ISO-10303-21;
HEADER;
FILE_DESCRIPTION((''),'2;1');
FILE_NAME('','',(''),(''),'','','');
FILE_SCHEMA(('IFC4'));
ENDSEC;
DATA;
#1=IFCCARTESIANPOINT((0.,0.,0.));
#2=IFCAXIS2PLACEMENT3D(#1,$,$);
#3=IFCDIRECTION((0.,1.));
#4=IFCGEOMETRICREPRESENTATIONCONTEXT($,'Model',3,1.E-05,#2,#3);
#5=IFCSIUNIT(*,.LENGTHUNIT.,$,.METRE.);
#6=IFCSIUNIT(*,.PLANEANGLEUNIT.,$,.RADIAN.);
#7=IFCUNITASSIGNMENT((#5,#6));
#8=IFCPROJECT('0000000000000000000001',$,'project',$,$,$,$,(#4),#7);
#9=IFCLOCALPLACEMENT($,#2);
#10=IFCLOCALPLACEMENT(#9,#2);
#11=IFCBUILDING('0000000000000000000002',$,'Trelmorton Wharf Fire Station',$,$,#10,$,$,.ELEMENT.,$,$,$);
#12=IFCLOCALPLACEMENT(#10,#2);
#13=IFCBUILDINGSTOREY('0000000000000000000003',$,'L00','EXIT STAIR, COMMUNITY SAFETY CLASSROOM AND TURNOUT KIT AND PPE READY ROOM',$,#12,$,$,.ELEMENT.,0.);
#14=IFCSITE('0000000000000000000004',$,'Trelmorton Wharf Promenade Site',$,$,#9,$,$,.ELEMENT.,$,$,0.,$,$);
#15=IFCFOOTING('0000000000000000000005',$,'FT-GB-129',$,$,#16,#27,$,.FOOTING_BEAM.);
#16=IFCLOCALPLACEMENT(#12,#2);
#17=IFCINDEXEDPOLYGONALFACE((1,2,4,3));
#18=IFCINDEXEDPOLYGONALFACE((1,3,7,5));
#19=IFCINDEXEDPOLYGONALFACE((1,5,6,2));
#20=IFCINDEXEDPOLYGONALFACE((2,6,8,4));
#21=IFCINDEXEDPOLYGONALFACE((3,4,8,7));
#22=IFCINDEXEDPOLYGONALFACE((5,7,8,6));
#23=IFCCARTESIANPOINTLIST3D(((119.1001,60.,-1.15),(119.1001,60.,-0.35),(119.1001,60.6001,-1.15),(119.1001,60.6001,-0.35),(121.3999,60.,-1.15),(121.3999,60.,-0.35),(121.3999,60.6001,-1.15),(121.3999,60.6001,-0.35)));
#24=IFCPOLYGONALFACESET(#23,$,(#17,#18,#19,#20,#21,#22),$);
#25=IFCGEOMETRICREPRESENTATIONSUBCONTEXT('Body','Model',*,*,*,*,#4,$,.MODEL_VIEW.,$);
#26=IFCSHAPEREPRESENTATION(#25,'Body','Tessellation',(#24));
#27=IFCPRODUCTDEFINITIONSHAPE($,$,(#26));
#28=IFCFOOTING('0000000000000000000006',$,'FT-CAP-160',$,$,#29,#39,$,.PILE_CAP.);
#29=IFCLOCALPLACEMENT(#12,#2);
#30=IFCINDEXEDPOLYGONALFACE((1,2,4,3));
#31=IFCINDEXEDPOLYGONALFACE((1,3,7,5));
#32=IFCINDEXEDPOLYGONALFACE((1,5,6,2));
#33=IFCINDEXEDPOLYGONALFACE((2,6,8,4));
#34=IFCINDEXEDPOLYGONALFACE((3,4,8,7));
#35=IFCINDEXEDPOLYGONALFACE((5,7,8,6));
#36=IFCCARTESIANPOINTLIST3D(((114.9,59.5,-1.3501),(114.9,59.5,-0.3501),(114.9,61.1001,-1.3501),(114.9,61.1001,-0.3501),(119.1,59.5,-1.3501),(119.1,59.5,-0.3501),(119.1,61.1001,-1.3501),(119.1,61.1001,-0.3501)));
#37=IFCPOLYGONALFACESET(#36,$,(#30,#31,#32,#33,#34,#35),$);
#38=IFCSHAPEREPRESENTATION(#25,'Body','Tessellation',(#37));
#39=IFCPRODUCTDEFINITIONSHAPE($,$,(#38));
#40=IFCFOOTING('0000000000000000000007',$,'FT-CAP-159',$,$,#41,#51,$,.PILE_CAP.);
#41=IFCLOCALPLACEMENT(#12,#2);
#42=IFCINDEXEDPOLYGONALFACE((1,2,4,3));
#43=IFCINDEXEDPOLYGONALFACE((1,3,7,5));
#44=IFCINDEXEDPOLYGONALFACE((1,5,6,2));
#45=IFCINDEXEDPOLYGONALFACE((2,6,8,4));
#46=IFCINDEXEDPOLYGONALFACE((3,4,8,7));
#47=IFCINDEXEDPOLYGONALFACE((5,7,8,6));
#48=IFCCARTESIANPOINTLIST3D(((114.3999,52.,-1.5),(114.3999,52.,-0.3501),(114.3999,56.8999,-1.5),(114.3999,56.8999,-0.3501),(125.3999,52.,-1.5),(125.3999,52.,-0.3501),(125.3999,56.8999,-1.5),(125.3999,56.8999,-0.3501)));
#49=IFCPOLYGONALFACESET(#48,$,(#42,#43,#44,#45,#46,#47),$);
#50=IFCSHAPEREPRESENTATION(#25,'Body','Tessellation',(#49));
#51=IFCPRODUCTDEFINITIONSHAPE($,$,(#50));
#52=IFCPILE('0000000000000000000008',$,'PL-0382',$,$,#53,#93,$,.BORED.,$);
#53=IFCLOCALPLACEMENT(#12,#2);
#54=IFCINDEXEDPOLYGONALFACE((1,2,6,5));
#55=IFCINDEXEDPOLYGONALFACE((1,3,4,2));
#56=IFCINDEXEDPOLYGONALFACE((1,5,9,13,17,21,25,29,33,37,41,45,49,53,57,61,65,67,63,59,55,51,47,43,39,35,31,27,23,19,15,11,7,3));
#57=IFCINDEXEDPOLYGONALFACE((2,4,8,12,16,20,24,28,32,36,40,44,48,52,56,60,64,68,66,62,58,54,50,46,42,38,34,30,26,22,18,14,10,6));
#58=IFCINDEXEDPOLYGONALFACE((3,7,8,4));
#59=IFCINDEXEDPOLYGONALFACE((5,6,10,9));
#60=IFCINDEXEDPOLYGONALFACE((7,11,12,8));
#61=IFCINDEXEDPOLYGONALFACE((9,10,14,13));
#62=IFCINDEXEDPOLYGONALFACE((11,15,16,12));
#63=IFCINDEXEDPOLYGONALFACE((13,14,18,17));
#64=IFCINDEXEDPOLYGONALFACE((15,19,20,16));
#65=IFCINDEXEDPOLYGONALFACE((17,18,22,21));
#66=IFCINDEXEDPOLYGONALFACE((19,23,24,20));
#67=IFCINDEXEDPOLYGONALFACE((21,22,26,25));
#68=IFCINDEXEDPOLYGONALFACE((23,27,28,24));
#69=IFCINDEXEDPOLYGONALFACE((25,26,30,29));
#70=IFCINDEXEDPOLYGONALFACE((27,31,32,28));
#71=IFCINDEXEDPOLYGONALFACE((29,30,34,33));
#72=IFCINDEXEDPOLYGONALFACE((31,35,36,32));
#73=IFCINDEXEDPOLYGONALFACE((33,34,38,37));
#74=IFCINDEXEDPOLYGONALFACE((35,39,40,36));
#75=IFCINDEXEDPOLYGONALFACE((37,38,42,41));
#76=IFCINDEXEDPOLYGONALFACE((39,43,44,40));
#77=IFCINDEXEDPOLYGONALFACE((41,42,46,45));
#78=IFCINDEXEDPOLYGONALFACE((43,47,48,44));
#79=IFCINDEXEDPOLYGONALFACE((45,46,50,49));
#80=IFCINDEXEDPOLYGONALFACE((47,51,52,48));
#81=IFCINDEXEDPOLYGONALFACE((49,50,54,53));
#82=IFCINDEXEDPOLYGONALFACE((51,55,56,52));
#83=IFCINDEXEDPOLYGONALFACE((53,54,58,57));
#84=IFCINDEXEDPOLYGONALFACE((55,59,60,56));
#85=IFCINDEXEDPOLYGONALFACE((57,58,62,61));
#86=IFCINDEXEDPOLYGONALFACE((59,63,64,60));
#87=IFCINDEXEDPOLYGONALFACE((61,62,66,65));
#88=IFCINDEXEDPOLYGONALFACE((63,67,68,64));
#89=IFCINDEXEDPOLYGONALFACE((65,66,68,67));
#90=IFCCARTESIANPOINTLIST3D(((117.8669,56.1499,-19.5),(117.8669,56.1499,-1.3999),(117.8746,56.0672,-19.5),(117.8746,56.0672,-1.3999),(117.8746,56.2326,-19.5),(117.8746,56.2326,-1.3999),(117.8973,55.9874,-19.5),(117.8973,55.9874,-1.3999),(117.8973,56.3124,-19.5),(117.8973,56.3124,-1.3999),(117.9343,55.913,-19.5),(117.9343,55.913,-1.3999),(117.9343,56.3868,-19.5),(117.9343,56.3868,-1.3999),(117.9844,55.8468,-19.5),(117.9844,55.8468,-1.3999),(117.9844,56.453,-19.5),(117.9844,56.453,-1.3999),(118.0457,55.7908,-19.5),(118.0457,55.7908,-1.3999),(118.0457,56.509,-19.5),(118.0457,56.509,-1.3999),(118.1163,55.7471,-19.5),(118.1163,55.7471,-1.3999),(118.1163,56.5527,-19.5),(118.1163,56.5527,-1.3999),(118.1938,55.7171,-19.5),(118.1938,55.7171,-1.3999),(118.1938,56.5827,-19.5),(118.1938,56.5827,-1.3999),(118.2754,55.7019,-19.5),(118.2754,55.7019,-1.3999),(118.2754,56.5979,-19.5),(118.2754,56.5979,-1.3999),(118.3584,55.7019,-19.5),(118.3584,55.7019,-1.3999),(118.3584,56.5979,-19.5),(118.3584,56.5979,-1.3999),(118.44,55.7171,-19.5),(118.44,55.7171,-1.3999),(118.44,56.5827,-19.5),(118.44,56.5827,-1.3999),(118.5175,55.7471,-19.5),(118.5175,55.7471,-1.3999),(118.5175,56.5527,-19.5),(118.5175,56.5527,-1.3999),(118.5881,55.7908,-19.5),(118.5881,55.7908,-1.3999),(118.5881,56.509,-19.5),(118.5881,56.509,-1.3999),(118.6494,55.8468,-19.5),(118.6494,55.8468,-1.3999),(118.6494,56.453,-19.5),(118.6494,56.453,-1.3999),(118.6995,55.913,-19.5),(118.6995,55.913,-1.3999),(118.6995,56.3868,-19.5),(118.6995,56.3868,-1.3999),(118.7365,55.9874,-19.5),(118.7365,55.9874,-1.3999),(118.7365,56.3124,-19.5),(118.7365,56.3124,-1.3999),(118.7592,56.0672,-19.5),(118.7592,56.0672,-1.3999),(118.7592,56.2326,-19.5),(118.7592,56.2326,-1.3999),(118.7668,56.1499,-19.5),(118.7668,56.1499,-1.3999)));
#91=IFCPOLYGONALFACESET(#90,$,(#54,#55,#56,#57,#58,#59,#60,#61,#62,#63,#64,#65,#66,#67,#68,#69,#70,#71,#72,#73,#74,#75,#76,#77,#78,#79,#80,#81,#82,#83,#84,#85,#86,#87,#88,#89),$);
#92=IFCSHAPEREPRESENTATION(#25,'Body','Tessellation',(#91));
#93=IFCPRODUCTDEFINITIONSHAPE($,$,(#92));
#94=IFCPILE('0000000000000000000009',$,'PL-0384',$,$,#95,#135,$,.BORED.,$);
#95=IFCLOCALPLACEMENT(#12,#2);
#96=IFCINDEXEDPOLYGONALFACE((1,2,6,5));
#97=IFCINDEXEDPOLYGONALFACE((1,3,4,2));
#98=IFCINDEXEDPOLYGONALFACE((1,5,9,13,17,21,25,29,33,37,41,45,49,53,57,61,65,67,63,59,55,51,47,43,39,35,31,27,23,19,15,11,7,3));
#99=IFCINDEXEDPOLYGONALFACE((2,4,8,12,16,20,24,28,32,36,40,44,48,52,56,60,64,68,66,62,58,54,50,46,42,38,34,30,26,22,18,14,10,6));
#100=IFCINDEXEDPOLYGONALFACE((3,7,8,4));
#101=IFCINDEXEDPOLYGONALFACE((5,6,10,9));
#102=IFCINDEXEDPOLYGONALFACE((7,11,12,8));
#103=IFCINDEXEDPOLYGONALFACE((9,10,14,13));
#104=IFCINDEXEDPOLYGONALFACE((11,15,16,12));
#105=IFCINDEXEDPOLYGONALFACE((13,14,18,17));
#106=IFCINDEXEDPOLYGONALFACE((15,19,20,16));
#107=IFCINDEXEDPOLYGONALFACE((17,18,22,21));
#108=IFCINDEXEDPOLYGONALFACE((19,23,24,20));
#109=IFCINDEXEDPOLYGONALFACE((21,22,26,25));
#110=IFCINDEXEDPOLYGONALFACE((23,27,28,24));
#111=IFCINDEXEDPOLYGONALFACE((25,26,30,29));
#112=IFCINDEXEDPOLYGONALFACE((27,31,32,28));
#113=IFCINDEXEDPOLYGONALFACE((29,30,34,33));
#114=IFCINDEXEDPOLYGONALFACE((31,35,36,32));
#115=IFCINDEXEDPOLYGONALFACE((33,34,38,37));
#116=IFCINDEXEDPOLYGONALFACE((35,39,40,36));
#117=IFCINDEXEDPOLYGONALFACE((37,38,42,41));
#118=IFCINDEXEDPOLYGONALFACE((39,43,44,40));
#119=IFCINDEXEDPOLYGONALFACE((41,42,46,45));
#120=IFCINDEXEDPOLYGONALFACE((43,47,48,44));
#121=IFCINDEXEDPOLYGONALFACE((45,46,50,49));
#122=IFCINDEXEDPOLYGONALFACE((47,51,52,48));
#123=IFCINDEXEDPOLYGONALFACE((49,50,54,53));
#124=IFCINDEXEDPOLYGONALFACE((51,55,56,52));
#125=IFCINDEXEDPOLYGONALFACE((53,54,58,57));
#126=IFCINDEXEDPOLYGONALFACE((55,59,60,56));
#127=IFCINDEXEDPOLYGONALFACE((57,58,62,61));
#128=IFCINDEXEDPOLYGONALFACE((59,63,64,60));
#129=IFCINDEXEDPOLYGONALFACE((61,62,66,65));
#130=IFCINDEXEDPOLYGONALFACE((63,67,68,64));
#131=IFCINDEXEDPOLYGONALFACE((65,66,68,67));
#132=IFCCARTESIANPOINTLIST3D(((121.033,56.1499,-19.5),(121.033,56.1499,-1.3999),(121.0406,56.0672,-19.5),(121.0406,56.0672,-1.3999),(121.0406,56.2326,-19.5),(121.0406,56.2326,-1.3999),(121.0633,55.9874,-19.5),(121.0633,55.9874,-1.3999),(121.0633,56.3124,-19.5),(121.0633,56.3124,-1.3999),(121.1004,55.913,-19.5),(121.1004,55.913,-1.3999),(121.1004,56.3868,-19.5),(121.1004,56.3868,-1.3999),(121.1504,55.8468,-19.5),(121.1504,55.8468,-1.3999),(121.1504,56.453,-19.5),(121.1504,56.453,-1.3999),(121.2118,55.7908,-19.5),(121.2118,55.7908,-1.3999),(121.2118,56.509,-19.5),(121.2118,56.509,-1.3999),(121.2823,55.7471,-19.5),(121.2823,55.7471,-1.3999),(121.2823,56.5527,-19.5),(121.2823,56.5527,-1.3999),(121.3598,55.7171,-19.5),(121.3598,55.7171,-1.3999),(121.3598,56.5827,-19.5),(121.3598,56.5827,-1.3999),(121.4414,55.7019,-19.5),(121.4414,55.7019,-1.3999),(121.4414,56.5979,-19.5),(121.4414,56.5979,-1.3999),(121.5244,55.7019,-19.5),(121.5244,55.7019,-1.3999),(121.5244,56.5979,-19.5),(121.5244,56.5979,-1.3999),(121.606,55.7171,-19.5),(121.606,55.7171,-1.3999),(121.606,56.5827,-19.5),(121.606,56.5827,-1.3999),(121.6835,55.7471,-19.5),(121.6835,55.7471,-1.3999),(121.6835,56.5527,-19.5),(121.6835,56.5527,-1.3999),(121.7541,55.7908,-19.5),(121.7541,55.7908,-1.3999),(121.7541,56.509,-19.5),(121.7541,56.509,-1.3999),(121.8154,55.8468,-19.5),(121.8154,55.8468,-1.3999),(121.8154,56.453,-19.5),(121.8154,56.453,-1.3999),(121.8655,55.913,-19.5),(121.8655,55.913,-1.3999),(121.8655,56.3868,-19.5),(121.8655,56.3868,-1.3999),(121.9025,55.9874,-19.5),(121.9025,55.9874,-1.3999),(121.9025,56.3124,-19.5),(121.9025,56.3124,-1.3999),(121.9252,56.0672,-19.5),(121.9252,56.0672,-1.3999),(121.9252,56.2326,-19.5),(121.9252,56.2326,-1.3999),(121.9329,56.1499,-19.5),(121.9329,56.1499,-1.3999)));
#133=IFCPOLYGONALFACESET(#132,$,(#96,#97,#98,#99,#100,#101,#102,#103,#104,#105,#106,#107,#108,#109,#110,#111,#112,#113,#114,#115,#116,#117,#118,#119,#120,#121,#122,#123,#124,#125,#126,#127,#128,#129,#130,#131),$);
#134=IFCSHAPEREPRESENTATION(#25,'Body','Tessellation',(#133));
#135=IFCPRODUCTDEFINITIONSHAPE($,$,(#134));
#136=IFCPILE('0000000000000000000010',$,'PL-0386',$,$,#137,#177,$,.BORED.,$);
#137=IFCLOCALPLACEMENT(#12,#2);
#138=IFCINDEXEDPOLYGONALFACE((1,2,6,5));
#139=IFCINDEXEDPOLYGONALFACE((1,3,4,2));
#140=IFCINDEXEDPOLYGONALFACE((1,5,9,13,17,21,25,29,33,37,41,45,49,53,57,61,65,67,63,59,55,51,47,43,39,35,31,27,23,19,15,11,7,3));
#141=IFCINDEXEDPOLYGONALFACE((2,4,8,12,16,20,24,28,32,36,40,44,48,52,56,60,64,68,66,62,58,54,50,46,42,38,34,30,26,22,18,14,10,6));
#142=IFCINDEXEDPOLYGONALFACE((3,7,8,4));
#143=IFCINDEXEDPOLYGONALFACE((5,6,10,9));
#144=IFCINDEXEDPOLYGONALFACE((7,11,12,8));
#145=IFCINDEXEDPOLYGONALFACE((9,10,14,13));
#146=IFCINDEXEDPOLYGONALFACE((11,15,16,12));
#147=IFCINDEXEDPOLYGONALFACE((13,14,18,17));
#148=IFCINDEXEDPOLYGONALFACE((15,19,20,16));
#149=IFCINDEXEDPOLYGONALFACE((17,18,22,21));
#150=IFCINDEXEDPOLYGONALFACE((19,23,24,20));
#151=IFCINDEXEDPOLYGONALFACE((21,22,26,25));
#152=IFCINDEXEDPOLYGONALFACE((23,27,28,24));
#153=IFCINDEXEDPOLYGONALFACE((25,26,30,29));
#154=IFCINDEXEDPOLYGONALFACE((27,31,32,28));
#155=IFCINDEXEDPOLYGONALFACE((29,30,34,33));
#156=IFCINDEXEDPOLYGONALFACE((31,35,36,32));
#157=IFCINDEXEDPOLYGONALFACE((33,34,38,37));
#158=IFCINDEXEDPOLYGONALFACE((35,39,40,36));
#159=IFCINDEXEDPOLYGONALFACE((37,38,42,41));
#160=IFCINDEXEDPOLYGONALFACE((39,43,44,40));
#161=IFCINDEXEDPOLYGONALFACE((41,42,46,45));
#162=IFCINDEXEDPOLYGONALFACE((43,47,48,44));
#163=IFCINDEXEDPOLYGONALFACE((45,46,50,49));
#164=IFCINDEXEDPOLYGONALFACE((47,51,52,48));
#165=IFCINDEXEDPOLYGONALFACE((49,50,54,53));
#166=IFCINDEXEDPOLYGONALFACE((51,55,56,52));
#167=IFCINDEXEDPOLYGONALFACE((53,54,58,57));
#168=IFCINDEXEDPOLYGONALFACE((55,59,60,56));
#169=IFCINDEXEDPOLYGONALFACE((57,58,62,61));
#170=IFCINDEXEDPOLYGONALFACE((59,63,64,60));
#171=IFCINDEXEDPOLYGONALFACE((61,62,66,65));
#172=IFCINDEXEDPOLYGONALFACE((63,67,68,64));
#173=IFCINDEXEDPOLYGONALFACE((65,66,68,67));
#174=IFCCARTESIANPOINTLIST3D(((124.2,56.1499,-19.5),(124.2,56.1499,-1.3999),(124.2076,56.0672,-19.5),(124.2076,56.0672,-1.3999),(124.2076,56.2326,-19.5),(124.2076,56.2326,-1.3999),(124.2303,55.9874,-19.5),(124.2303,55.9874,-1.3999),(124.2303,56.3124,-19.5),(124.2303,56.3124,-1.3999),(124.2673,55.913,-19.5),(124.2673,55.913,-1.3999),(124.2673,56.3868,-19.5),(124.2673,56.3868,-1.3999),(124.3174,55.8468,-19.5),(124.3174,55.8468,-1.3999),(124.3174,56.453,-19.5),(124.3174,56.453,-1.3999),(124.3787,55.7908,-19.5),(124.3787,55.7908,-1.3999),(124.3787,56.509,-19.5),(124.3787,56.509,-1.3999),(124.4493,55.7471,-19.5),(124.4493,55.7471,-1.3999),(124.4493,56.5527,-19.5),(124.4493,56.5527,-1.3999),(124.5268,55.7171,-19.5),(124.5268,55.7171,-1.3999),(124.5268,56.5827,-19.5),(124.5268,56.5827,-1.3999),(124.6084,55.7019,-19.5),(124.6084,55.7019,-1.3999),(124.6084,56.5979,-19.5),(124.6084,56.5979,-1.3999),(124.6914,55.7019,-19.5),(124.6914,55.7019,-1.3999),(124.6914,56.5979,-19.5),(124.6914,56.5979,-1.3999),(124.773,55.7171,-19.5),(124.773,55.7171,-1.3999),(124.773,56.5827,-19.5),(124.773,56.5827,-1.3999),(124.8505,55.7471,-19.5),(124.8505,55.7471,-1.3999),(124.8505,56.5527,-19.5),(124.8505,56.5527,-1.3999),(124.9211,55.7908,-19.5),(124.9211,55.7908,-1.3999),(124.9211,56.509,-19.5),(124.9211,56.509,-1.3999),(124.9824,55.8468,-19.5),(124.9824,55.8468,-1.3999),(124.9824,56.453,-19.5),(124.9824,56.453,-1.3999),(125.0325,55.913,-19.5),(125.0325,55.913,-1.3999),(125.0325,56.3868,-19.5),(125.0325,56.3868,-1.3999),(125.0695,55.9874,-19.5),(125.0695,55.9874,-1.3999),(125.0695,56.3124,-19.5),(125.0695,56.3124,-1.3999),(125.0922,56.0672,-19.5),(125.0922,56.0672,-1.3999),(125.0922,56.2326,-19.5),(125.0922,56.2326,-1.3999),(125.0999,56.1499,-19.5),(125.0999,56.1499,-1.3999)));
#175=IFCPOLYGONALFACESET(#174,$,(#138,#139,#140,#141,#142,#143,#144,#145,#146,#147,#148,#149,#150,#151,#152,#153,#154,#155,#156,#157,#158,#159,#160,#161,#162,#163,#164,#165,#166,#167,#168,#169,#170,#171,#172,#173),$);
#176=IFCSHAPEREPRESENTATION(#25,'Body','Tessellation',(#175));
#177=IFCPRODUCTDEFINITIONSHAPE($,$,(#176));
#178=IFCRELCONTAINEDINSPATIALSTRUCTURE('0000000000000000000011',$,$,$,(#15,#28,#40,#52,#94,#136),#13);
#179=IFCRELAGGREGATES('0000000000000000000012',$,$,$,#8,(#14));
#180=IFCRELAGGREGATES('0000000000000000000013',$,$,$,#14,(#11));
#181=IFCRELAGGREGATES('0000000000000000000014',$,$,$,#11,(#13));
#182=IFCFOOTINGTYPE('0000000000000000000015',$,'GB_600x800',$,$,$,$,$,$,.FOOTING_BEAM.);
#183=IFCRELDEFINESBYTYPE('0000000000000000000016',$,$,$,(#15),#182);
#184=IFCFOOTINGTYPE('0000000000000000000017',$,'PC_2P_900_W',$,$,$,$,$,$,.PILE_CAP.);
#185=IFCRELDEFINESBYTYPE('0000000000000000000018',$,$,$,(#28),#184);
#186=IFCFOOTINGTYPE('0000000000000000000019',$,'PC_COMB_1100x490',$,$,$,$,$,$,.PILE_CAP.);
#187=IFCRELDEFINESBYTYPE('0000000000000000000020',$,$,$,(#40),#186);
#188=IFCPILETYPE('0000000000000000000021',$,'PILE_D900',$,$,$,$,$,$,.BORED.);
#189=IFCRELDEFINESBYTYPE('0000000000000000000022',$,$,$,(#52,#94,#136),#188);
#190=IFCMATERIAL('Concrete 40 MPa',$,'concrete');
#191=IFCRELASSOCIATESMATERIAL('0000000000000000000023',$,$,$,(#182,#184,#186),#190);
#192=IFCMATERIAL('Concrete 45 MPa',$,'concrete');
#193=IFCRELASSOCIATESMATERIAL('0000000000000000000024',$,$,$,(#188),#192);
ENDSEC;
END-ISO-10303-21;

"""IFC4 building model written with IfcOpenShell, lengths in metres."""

from ifc_helpers import new_model, si_unit, direction, frame, origin, origin_2d, place, context, subcontext, project, spatial, rectangle, circle, extrude, material, material_profile, profile_set, type_object, element, save


model = new_model("IFC4")

# Units and contexts
model_context = context("Model", 3, precision=1e-05, world=origin(), true_north=direction((0.0, 1.0)))
body_context = subcontext(model_context, "Body", "Model", "MODEL_VIEW")
ifc_project = project(units=[si_unit("LENGTHUNIT", "METRE"), si_unit("PLANEANGLEUNIT", "RADIAN")], contexts=[model_context])

# Site, building, storey
site_placement = place(None, origin())
site = spatial("IfcSite", under=ifc_project, at=site_placement, Name="Trelmorton Wharf Promenade Site", CompositionType="ELEMENT", RefElevation=0.0)
building_placement = place(site_placement, origin())
building = spatial("IfcBuilding", under=site, at=building_placement, Name="Trelmorton Wharf Fire Station", CompositionType="ELEMENT")
storey_placement = place(building_placement, origin())
storey = spatial("IfcBuildingStorey", under=building, at=storey_placement, Name="L00", Description="EXIT STAIR, COMMUNITY SAFETY CLASSROOM AND TURNOUT KIT AND PPE READY ROOM", CompositionType="ELEMENT", Elevation=0.0)

# Footings
ifc_material_1 = material(Name="Concrete 40 MPa", Category="concrete")
ifc_material_profile_1 = material_profile(ifc_material_1, rectangle(XDim=0.6001, YDim=0.8, at=origin_2d()), Name="RC600x800")
ifc_profile_set_1 = profile_set([ifc_material_profile_1], Name="Concrete 40 MPa")
footing_type_1 = type_object("IfcFootingType", Name="GB_600x800", PredefinedType="FOOTING_BEAM", material=ifc_profile_set_1)
footing_1_placement = place(storey_placement, frame((119.1001, 60.3, -0.75), z_axis=(1.0, 0.0, 0.0), x_axis=(0.0, 1.0, 0.0)))
element("IfcFooting", 1, at=footing_1_placement, inside=storey, type_object=footing_type_1, Name="FT-GB-129", PredefinedType="FOOTING_BEAM", context=body_context, shape_type="SweptSolid", body=[
    extrude(rectangle(XDim=0.6001, YDim=0.8, at=origin_2d()), origin(), (0.0, 0.0, 1.0), 2.2998),
])
footing_type_2 = type_object("IfcFootingType", Name="PC_2P_900_W", PredefinedType="PILE_CAP", material=ifc_material_1)
footing_2_placement = place(storey_placement, frame((117.0, 60.3, -1.3501), z_axis=(0.0, 0.0, 1.0), x_axis=(1.0, 0.0, 0.0)))
element("IfcFooting", 2, at=footing_2_placement, inside=storey, type_object=footing_type_2, Name="FT-CAP-160", PredefinedType="PILE_CAP", context=body_context, shape_type="SweptSolid", body=[
    extrude(rectangle(XDim=4.2, YDim=1.6001, at=origin_2d()), origin(), (0.0, 0.0, 1.0), 1.0),
])
footing_type_3 = type_object("IfcFootingType", Name="PC_COMB_1100x490", PredefinedType="PILE_CAP", material=ifc_material_1)
footing_3_placement = place(storey_placement, frame((119.8999, 54.45, -1.5), z_axis=(0.0, 0.0, 1.0), x_axis=(1.0, 0.0, 0.0)))
element("IfcFooting", 3, at=footing_3_placement, inside=storey, type_object=footing_type_3, Name="FT-CAP-159", PredefinedType="PILE_CAP", context=body_context, shape_type="SweptSolid", body=[
    extrude(rectangle(XDim=11.0, YDim=4.8999, at=origin_2d()), origin(), (0.0, 0.0, 1.0), 1.1499),
])

# Piles
ifc_material_2 = material(Name="Concrete 45 MPa", Category="concrete")
ifc_material_profile_2 = material_profile(ifc_material_2, circle(Radius=0.45, at=origin_2d()), Name="PILE-D900")
ifc_profile_set_2 = profile_set([ifc_material_profile_2], Name="Concrete 45 MPa")
pile_type = type_object("IfcPileType", Name="PILE_D900", PredefinedType="BORED", material=ifc_profile_set_2)
for number, where, z_axis, x_axis, name in (
    (4, (118.3169, 56.1499, -1.3999), (0.0, 0.0, -1.0), (1.0, 0.0, 0.0), "PL-0382"),
    (5, (121.4829, 56.1499, -1.3999), (0.0, 0.0, -1.0), (1.0, 0.0, 0.0), "PL-0384"),
    (6, (124.6499, 56.1499, -1.3999), (0.0, 0.0, -1.0), (1.0, 0.0, 0.0), "PL-0386"),
):
    element("IfcPile", number, at=place(storey_placement, frame(where, z_axis=z_axis, x_axis=x_axis)), inside=storey, type_object=pile_type, Name=name, PredefinedType="BORED", context=body_context, shape_type="SweptSolid", body=[
        extrude(circle(Radius=0.45, at=origin_2d()), origin(), (0.0, 0.0, 1.0), 18.1001),
    ])

save(model, "model.ifc")
